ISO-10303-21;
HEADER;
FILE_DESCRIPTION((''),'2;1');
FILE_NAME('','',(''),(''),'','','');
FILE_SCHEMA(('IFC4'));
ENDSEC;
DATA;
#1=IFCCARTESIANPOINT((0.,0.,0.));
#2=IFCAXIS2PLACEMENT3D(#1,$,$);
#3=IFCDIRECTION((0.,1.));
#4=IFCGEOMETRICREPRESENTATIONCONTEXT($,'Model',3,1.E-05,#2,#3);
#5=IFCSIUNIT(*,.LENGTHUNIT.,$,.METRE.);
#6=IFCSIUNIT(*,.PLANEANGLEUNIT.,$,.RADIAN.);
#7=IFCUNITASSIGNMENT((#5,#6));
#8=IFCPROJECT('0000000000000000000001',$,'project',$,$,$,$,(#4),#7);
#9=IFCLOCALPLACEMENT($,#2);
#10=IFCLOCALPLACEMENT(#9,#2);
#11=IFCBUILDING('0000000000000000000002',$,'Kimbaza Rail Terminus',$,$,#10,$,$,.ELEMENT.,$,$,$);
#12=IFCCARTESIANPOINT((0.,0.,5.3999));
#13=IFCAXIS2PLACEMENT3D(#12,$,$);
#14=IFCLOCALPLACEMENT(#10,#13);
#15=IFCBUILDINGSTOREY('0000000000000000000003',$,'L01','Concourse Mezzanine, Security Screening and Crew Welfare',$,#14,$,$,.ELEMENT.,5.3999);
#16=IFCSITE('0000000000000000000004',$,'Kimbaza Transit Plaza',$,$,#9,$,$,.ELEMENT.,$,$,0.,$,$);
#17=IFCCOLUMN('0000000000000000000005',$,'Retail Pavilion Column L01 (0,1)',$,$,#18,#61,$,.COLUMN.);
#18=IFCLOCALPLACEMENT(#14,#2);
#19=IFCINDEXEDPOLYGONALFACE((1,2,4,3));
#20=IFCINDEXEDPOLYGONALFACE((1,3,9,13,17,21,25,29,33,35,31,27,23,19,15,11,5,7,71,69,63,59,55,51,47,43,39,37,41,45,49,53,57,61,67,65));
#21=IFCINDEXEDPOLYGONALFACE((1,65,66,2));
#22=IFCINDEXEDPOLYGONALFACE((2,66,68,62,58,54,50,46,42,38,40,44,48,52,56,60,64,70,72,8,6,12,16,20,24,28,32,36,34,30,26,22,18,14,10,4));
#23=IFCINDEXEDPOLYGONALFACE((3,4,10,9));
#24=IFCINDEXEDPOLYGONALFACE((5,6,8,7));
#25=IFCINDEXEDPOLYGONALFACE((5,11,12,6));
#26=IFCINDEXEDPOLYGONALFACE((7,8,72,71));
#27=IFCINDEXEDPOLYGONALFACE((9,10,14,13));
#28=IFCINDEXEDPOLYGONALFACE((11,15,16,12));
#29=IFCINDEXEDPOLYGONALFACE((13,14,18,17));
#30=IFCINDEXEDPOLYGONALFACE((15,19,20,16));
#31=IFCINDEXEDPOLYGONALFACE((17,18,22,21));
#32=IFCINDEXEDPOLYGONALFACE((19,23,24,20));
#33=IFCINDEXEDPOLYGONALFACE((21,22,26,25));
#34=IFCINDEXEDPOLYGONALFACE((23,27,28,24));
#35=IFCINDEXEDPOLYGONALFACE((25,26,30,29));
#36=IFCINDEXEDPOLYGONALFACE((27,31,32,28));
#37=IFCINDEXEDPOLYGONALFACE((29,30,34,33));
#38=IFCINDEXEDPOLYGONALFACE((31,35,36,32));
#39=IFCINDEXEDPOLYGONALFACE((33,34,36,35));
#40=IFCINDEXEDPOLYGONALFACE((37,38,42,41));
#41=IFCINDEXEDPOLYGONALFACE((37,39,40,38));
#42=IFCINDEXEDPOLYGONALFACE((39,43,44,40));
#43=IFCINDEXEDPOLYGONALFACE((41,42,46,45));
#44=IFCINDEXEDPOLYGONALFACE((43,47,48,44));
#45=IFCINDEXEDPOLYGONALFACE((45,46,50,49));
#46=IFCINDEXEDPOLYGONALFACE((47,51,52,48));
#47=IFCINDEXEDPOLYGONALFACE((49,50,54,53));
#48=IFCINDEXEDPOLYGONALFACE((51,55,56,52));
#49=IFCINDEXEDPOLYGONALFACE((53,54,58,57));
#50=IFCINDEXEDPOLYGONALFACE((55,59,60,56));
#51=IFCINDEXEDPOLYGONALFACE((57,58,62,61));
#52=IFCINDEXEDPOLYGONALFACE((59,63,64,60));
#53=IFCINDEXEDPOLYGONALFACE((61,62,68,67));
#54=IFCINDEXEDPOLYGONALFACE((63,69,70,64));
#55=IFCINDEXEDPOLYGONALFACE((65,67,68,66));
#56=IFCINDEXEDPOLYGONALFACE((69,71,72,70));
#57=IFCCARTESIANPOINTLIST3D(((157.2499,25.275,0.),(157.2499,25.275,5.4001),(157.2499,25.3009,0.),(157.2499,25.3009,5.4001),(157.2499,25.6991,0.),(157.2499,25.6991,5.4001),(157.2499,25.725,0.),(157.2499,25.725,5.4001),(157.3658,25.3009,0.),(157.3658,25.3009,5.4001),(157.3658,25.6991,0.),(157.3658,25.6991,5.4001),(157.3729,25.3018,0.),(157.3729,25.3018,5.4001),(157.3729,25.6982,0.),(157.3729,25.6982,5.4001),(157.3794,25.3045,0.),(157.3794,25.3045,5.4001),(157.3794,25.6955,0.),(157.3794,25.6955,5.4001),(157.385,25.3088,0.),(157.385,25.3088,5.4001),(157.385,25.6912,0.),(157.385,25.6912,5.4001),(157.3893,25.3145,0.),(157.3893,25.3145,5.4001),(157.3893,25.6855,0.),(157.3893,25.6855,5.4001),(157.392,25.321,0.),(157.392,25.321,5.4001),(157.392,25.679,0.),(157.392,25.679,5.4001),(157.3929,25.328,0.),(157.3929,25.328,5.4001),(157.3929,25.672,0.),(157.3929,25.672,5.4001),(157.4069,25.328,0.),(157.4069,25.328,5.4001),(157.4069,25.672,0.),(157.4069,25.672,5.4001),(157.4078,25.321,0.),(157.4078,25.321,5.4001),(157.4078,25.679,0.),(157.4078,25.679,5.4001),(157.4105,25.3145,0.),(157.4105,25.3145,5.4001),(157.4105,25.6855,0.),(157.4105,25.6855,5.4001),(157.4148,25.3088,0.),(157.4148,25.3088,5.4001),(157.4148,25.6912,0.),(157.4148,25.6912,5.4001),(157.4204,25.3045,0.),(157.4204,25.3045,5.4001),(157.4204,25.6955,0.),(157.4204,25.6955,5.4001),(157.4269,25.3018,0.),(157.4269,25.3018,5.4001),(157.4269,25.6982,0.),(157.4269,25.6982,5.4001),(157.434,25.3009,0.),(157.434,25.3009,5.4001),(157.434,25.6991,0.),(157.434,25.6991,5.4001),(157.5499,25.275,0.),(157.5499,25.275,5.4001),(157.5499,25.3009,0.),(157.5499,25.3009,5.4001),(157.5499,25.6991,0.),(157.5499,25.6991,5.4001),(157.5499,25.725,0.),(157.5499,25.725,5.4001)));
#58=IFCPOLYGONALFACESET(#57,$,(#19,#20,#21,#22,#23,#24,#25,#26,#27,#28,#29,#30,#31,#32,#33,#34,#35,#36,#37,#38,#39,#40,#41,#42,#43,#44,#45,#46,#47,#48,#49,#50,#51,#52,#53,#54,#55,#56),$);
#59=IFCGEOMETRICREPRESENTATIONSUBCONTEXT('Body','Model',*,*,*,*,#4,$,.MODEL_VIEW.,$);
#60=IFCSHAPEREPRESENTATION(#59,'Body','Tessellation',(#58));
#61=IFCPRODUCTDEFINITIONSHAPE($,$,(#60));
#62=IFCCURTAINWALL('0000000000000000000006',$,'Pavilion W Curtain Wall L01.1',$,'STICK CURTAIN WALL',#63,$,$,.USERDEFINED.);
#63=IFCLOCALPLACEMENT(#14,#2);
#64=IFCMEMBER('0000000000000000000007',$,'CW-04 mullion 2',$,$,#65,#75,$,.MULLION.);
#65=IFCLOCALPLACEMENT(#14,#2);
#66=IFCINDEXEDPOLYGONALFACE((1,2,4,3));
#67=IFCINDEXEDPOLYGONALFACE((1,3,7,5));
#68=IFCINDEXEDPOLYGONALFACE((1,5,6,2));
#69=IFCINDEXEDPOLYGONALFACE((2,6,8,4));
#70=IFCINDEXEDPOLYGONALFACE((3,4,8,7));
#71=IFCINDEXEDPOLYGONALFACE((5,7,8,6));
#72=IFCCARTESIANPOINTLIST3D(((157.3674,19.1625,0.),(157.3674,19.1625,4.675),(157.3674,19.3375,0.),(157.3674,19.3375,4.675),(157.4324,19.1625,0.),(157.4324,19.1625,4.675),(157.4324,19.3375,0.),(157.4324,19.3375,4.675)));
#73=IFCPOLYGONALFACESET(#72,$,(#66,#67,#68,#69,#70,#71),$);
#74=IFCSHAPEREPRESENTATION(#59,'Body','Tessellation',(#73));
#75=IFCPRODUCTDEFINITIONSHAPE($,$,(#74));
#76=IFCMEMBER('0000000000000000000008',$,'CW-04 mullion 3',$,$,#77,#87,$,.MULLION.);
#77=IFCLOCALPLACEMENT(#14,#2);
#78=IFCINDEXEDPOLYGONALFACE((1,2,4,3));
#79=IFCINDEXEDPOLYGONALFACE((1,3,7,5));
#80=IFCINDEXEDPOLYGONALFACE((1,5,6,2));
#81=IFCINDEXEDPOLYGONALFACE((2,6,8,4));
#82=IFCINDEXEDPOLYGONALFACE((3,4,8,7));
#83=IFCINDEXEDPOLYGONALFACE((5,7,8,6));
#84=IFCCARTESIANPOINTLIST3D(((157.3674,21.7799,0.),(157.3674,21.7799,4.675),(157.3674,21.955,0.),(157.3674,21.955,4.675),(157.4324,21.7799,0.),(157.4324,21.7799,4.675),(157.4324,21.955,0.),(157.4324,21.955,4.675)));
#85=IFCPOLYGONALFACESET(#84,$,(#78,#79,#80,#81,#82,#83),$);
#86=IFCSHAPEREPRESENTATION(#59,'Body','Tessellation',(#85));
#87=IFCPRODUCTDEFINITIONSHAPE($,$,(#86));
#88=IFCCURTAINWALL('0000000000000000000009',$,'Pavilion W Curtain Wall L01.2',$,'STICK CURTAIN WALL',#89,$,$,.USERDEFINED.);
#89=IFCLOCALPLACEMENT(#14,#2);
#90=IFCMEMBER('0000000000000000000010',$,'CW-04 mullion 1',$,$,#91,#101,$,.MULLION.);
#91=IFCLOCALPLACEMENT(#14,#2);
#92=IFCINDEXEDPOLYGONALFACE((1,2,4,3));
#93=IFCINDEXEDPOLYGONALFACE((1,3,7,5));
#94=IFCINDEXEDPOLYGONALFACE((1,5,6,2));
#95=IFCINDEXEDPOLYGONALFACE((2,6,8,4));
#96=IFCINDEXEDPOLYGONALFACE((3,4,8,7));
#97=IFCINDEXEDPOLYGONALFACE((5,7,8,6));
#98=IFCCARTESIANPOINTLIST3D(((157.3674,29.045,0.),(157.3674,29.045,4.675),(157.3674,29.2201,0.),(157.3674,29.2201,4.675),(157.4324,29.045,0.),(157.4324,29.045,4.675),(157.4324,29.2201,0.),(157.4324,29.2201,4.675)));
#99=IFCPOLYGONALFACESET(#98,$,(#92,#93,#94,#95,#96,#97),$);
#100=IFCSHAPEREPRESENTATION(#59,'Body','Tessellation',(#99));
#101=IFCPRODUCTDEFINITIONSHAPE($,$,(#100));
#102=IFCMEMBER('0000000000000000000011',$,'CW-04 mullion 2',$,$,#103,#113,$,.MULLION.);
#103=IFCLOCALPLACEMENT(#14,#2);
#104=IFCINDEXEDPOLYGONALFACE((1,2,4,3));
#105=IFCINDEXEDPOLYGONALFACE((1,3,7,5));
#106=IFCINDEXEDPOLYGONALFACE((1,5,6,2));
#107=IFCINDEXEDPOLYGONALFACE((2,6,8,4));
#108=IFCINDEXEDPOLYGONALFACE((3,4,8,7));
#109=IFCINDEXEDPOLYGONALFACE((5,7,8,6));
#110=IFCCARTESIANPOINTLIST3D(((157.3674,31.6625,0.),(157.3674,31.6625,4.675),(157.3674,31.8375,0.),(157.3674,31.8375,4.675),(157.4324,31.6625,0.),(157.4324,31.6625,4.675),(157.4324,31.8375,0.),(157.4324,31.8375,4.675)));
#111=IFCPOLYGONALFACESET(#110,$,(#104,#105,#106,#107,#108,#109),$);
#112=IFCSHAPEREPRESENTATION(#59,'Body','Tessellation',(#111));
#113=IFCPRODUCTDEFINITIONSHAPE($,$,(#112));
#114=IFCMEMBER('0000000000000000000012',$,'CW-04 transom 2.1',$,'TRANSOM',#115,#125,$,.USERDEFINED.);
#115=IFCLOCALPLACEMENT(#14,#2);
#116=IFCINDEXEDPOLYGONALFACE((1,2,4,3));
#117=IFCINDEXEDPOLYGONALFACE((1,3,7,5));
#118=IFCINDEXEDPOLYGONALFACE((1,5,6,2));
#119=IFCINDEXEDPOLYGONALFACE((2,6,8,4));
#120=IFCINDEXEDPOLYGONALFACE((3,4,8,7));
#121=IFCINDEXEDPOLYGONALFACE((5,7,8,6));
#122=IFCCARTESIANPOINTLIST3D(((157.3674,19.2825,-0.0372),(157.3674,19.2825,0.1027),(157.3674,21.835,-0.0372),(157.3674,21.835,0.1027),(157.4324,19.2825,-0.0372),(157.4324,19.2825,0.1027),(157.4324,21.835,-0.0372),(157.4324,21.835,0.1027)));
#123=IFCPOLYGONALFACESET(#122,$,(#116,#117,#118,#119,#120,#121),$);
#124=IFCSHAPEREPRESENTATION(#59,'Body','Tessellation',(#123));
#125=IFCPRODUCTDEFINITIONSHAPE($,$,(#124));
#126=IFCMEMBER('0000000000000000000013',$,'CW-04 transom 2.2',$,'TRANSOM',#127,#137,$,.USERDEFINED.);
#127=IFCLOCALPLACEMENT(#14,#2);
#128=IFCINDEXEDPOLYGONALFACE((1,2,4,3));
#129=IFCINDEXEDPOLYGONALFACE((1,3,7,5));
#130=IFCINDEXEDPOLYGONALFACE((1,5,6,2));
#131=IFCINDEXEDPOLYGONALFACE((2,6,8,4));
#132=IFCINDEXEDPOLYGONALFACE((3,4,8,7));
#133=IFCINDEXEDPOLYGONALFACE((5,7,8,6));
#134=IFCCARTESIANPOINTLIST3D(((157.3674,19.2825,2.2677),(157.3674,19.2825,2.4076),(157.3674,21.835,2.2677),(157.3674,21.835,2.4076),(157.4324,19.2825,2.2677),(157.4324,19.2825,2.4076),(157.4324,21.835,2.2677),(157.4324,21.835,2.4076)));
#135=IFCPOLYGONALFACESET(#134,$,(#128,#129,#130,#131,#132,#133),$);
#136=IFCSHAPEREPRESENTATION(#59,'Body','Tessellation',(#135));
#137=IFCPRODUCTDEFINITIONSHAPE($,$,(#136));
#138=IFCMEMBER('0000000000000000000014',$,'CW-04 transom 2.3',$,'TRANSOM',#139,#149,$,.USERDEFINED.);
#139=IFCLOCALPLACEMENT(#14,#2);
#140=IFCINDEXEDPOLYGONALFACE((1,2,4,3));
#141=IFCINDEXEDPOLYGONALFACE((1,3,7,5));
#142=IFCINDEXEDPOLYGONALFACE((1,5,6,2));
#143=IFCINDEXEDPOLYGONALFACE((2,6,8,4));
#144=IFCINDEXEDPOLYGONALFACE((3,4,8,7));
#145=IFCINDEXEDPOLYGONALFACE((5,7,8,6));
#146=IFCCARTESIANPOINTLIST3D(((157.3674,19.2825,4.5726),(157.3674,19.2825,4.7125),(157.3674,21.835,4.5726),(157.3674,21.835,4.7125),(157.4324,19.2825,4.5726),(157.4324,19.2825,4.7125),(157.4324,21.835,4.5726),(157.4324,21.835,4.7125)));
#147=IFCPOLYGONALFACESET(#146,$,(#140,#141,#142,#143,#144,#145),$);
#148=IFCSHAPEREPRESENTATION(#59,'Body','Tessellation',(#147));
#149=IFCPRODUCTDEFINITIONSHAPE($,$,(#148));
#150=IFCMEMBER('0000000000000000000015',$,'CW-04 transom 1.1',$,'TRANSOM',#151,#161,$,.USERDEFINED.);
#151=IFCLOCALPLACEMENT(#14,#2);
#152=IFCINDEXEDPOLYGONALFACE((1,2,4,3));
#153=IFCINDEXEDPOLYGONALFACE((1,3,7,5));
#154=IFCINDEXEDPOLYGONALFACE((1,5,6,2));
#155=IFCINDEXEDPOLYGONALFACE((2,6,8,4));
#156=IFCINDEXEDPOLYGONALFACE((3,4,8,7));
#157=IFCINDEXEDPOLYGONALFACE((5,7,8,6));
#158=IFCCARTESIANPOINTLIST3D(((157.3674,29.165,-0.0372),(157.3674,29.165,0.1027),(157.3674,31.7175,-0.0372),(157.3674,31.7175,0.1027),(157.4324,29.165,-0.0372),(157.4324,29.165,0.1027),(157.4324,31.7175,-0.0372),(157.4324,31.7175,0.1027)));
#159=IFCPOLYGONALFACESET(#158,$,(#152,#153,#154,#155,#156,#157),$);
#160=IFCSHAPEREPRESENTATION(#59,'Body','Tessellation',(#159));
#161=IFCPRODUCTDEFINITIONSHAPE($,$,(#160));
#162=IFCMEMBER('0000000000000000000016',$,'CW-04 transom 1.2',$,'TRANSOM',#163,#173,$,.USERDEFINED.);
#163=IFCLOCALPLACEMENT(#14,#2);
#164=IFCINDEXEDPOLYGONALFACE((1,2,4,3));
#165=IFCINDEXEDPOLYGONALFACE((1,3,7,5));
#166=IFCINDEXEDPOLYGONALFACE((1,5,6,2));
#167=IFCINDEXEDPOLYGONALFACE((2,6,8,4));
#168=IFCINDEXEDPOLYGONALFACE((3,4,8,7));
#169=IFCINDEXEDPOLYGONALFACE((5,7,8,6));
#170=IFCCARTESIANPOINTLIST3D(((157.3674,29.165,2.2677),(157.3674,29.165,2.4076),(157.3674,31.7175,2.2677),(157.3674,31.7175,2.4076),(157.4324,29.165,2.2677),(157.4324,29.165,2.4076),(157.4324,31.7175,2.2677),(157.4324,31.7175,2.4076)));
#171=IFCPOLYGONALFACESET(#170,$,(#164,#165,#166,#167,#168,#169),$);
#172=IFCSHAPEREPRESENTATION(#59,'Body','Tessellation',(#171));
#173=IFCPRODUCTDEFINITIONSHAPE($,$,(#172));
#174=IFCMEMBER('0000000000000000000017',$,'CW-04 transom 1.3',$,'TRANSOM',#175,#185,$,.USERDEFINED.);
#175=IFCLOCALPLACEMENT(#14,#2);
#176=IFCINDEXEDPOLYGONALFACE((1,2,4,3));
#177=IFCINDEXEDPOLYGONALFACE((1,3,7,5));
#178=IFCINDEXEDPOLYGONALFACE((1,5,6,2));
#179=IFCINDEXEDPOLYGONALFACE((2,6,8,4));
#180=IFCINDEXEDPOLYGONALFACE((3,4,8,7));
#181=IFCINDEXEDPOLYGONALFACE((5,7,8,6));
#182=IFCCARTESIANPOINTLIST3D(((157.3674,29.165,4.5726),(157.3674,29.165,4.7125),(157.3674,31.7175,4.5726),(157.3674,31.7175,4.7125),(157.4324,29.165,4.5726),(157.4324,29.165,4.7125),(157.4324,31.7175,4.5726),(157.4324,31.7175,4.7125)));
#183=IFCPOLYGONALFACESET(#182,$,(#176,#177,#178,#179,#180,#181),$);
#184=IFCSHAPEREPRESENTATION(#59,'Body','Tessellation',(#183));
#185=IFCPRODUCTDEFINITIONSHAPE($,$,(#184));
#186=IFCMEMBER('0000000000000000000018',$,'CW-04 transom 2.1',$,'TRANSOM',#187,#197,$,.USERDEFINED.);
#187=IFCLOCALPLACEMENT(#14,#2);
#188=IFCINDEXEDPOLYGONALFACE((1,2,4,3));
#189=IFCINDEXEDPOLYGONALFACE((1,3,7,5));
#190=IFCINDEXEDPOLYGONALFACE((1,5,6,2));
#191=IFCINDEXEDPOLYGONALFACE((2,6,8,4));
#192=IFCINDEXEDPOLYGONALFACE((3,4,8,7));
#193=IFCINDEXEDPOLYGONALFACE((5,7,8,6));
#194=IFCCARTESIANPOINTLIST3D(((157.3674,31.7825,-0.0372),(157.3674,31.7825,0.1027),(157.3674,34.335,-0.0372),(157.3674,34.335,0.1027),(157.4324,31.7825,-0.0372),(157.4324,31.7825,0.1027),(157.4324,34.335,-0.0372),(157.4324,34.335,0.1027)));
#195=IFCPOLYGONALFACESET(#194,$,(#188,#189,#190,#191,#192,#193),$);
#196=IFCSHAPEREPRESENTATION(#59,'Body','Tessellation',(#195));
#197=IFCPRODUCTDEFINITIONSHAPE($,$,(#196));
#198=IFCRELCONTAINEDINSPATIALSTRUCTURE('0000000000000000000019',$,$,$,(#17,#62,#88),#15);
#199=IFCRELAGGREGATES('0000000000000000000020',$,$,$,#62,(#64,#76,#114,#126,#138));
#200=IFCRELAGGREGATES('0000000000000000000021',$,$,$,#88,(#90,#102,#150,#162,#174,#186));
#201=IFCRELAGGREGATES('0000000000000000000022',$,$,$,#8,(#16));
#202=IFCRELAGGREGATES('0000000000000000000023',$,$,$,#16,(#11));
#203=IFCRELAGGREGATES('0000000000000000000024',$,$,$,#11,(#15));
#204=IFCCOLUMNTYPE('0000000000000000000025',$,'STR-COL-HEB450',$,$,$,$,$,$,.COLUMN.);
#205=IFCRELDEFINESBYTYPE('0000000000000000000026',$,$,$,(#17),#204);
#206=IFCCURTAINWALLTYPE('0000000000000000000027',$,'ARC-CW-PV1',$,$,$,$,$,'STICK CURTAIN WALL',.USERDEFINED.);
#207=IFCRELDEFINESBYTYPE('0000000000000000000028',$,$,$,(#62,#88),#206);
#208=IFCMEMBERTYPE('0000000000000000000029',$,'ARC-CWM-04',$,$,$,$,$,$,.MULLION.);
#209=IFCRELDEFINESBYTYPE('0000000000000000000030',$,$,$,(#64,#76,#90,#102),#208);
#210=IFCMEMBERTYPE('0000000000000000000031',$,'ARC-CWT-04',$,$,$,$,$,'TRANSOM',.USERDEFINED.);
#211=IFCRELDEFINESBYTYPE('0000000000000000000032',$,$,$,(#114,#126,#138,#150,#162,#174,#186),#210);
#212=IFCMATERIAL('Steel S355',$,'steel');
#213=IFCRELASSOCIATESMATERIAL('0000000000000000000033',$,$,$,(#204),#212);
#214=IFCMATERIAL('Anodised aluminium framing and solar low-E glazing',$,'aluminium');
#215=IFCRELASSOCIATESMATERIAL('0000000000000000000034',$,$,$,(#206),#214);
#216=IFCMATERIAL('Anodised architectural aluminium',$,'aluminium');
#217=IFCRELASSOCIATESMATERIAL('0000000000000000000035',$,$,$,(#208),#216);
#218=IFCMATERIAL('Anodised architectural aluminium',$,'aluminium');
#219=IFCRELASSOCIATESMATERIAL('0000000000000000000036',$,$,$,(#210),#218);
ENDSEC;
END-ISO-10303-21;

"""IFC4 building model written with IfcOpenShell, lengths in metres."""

from ifc_helpers import new_model, si_unit, direction, frame, origin, origin_2d, place, context, subcontext, project, spatial, rectangle, i_section, extrude, material, material_profile, profile_set, type_object, element, aggregate, save


model = new_model("IFC4")

# Units and contexts
model_context = context("Model", 3, precision=1e-05, world=origin(), true_north=direction((0.0, 1.0)))
body_context = subcontext(model_context, "Body", "Model", "MODEL_VIEW")
ifc_project = project(units=[si_unit("LENGTHUNIT", "METRE"), si_unit("PLANEANGLEUNIT", "RADIAN")], contexts=[model_context])

# Site, building, storey
site_placement = place(None, origin())
site = spatial("IfcSite", under=ifc_project, at=site_placement, Name="Kimbaza Transit Plaza", CompositionType="ELEMENT", RefElevation=0.0)
building_placement = place(site_placement, origin())
building = spatial("IfcBuilding", under=site, at=building_placement, Name="Kimbaza Rail Terminus", CompositionType="ELEMENT")
storey_placement = place(building_placement, frame((0.0, 0.0, 5.3999)))
storey = spatial("IfcBuildingStorey", under=building, at=storey_placement, Name="L01", Description="Concourse Mezzanine, Security Screening and Crew Welfare", CompositionType="ELEMENT", Elevation=5.3999)

# Column
ifc_material_1 = material(Name="Steel S355", Category="steel")
ifc_material_profile_1 = material_profile(ifc_material_1, i_section(OverallWidth=0.3, OverallDepth=0.45, WebThickness=0.0139, FlangeThickness=0.0259, FilletRadius=0.0271, at=origin_2d()), Name="HEB 450")
ifc_profile_set_1 = profile_set([ifc_material_profile_1], Name="Steel S355")
column_type = type_object("IfcColumnType", Name="STR-COL-HEB450", PredefinedType="COLUMN", material=ifc_profile_set_1)
column_placement = place(storey_placement, frame((157.3999, 25.5, 0.0), z_axis=(0.0, 0.0, 1.0), x_axis=(1.0, 0.0, 0.0)))
element("IfcColumn", 1, at=column_placement, inside=storey, type_object=column_type, Name="Retail Pavilion Column L01 (0,1)", PredefinedType="COLUMN", context=body_context, shape_type="SweptSolid", body=[
    extrude(i_section(OverallWidth=0.3, OverallDepth=0.45, WebThickness=0.0139, FlangeThickness=0.0259, FilletRadius=0.0271, at=origin_2d()), origin(), (0.0, 0.0, 1.0), 5.4001),
])

# Curtain walls, members
ifc_material_2 = material(Name="Anodised aluminium framing and solar low-E glazing", Category="aluminium")
curtain_wall_type = type_object("IfcCurtainWallType", Name="ARC-CW-PV1", ElementType="STICK CURTAIN WALL", PredefinedType="USERDEFINED", material=ifc_material_2)
curtain_wall_1_placement = place(storey_placement, origin())
curtain_wall_1 = element("IfcCurtainWall", 2, at=curtain_wall_1_placement, inside=storey, type_object=curtain_wall_type, Name="Pavilion W Curtain Wall L01.1", ObjectType="STICK CURTAIN WALL", PredefinedType="USERDEFINED")
ifc_material_3 = material(Name="Anodised architectural aluminium", Category="aluminium")
ifc_material_profile_2 = material_profile(ifc_material_3, rectangle(XDim=0.0649, YDim=0.175, at=origin_2d()), Name="MULLION 65x175")
ifc_profile_set_2 = profile_set([ifc_material_profile_2], Name="Anodised architectural aluminium")
member_type_1 = type_object("IfcMemberType", Name="ARC-CWM-04", PredefinedType="MULLION", material=ifc_profile_set_2)
member_1_placement = place(storey_placement, frame((157.3999, 19.25, 0.0), z_axis=(0.0, 0.0, 1.0), x_axis=(-1.0, 0.0, 0.0)))
member_1 = element("IfcMember", 3, at=member_1_placement, type_object=member_type_1, Name="CW-04 mullion 2", PredefinedType="MULLION", context=body_context, shape_type="SweptSolid", body=[
    extrude(rectangle(XDim=0.0649, YDim=0.175, at=origin_2d()), origin(), (0.0, 0.0, 1.0), 4.675),
])
member_2_placement = place(storey_placement, frame((157.3999, 21.8674, 0.0), z_axis=(0.0, 0.0, 1.0), x_axis=(-1.0, 0.0, 0.0)))
member_2 = element("IfcMember", 4, at=member_2_placement, type_object=member_type_1, Name="CW-04 mullion 3", PredefinedType="MULLION", context=body_context, shape_type="SweptSolid", body=[
    extrude(rectangle(XDim=0.0649, YDim=0.175, at=origin_2d()), origin(), (0.0, 0.0, 1.0), 4.675),
])
curtain_wall_2_placement = place(storey_placement, origin())
curtain_wall_2 = element("IfcCurtainWall", 5, at=curtain_wall_2_placement, inside=storey, type_object=curtain_wall_type, Name="Pavilion W Curtain Wall L01.2", ObjectType="STICK CURTAIN WALL", PredefinedType="USERDEFINED")
member_3_placement = place(storey_placement, frame((157.3999, 29.1326, 0.0), z_axis=(0.0, 0.0, 1.0), x_axis=(-1.0, 0.0, 0.0)))
member_3 = element("IfcMember", 6, at=member_3_placement, type_object=member_type_1, Name="CW-04 mullion 1", PredefinedType="MULLION", context=body_context, shape_type="SweptSolid", body=[
    extrude(rectangle(XDim=0.0649, YDim=0.175, at=origin_2d()), origin(), (0.0, 0.0, 1.0), 4.675),
])
member_4_placement = place(storey_placement, frame((157.3999, 31.75, 0.0), z_axis=(0.0, 0.0, 1.0), x_axis=(-1.0, 0.0, 0.0)))
member_4 = element("IfcMember", 7, at=member_4_placement, type_object=member_type_1, Name="CW-04 mullion 2", PredefinedType="MULLION", context=body_context, shape_type="SweptSolid", body=[
    extrude(rectangle(XDim=0.0649, YDim=0.175, at=origin_2d()), origin(), (0.0, 0.0, 1.0), 4.675),
])

# Members
ifc_material_4 = material(Name="Anodised architectural aluminium", Category="aluminium")
ifc_material_profile_3 = material_profile(ifc_material_4, rectangle(XDim=0.0649, YDim=0.1399, at=origin_2d()), Name="TRANSOM 65x140")
ifc_profile_set_3 = profile_set([ifc_material_profile_3], Name="Anodised architectural aluminium")
member_type_2 = type_object("IfcMemberType", Name="ARC-CWT-04", ElementType="TRANSOM", PredefinedType="USERDEFINED", material=ifc_profile_set_3)
member_5_placement = place(storey_placement, frame((157.3999, 19.2825, 0.0327), z_axis=(0.0, 1.0, 0.0), x_axis=(-1.0, 0.0, 0.0)))
member_5 = element("IfcMember", 8, at=member_5_placement, type_object=member_type_2, Name="CW-04 transom 2.1", ObjectType="TRANSOM", PredefinedType="USERDEFINED", context=body_context, shape_type="SweptSolid", body=[
    extrude(rectangle(XDim=0.0649, YDim=0.1399, at=origin_2d()), origin(), (0.0, 0.0, 1.0), 2.5525),
])
member_6_placement = place(storey_placement, frame((157.3999, 19.2825, 2.3376), z_axis=(0.0, 1.0, 0.0), x_axis=(-1.0, 0.0, 0.0)))
member_6 = element("IfcMember", 9, at=member_6_placement, type_object=member_type_2, Name="CW-04 transom 2.2", ObjectType="TRANSOM", PredefinedType="USERDEFINED", context=body_context, shape_type="SweptSolid", body=[
    extrude(rectangle(XDim=0.0649, YDim=0.1399, at=origin_2d()), origin(), (0.0, 0.0, 1.0), 2.5525),
])
member_7_placement = place(storey_placement, frame((157.3999, 19.2825, 4.6426), z_axis=(0.0, 1.0, 0.0), x_axis=(-1.0, 0.0, 0.0)))
member_7 = element("IfcMember", 10, at=member_7_placement, type_object=member_type_2, Name="CW-04 transom 2.3", ObjectType="TRANSOM", PredefinedType="USERDEFINED", context=body_context, shape_type="SweptSolid", body=[
    extrude(rectangle(XDim=0.0649, YDim=0.1399, at=origin_2d()), origin(), (0.0, 0.0, 1.0), 2.5525),
])
member_8_placement = place(storey_placement, frame((157.3999, 29.165, 0.0327), z_axis=(0.0, 1.0, 0.0), x_axis=(-1.0, 0.0, 0.0)))
member_8 = element("IfcMember", 11, at=member_8_placement, type_object=member_type_2, Name="CW-04 transom 1.1", ObjectType="TRANSOM", PredefinedType="USERDEFINED", context=body_context, shape_type="SweptSolid", body=[
    extrude(rectangle(XDim=0.0649, YDim=0.1399, at=origin_2d()), origin(), (0.0, 0.0, 1.0), 2.5525),
])
member_9_placement = place(storey_placement, frame((157.3999, 29.165, 2.3376), z_axis=(0.0, 1.0, 0.0), x_axis=(-1.0, 0.0, 0.0)))
member_9 = element("IfcMember", 12, at=member_9_placement, type_object=member_type_2, Name="CW-04 transom 1.2", ObjectType="TRANSOM", PredefinedType="USERDEFINED", context=body_context, shape_type="SweptSolid", body=[
    extrude(rectangle(XDim=0.0649, YDim=0.1399, at=origin_2d()), origin(), (0.0, 0.0, 1.0), 2.5525),
])
member_10_placement = place(storey_placement, frame((157.3999, 29.165, 4.6426), z_axis=(0.0, 1.0, 0.0), x_axis=(-1.0, 0.0, 0.0)))
member_10 = element("IfcMember", 13, at=member_10_placement, type_object=member_type_2, Name="CW-04 transom 1.3", ObjectType="TRANSOM", PredefinedType="USERDEFINED", context=body_context, shape_type="SweptSolid", body=[
    extrude(rectangle(XDim=0.0649, YDim=0.1399, at=origin_2d()), origin(), (0.0, 0.0, 1.0), 2.5525),
])
member_11_placement = place(storey_placement, frame((157.3999, 31.7825, 0.0327), z_axis=(0.0, 1.0, 0.0), x_axis=(-1.0, 0.0, 0.0)))
member_11 = element("IfcMember", 14, at=member_11_placement, type_object=member_type_2, Name="CW-04 transom 2.1", ObjectType="TRANSOM", PredefinedType="USERDEFINED", context=body_context, shape_type="SweptSolid", body=[
    extrude(rectangle(XDim=0.0649, YDim=0.1399, at=origin_2d()), origin(), (0.0, 0.0, 1.0), 2.5525),
])

aggregate(curtain_wall_1, [member_1, member_2, member_5, member_6, member_7])
aggregate(curtain_wall_2, [member_3, member_4, member_8, member_9, member_10, member_11])

save(model, "model.ifc")
